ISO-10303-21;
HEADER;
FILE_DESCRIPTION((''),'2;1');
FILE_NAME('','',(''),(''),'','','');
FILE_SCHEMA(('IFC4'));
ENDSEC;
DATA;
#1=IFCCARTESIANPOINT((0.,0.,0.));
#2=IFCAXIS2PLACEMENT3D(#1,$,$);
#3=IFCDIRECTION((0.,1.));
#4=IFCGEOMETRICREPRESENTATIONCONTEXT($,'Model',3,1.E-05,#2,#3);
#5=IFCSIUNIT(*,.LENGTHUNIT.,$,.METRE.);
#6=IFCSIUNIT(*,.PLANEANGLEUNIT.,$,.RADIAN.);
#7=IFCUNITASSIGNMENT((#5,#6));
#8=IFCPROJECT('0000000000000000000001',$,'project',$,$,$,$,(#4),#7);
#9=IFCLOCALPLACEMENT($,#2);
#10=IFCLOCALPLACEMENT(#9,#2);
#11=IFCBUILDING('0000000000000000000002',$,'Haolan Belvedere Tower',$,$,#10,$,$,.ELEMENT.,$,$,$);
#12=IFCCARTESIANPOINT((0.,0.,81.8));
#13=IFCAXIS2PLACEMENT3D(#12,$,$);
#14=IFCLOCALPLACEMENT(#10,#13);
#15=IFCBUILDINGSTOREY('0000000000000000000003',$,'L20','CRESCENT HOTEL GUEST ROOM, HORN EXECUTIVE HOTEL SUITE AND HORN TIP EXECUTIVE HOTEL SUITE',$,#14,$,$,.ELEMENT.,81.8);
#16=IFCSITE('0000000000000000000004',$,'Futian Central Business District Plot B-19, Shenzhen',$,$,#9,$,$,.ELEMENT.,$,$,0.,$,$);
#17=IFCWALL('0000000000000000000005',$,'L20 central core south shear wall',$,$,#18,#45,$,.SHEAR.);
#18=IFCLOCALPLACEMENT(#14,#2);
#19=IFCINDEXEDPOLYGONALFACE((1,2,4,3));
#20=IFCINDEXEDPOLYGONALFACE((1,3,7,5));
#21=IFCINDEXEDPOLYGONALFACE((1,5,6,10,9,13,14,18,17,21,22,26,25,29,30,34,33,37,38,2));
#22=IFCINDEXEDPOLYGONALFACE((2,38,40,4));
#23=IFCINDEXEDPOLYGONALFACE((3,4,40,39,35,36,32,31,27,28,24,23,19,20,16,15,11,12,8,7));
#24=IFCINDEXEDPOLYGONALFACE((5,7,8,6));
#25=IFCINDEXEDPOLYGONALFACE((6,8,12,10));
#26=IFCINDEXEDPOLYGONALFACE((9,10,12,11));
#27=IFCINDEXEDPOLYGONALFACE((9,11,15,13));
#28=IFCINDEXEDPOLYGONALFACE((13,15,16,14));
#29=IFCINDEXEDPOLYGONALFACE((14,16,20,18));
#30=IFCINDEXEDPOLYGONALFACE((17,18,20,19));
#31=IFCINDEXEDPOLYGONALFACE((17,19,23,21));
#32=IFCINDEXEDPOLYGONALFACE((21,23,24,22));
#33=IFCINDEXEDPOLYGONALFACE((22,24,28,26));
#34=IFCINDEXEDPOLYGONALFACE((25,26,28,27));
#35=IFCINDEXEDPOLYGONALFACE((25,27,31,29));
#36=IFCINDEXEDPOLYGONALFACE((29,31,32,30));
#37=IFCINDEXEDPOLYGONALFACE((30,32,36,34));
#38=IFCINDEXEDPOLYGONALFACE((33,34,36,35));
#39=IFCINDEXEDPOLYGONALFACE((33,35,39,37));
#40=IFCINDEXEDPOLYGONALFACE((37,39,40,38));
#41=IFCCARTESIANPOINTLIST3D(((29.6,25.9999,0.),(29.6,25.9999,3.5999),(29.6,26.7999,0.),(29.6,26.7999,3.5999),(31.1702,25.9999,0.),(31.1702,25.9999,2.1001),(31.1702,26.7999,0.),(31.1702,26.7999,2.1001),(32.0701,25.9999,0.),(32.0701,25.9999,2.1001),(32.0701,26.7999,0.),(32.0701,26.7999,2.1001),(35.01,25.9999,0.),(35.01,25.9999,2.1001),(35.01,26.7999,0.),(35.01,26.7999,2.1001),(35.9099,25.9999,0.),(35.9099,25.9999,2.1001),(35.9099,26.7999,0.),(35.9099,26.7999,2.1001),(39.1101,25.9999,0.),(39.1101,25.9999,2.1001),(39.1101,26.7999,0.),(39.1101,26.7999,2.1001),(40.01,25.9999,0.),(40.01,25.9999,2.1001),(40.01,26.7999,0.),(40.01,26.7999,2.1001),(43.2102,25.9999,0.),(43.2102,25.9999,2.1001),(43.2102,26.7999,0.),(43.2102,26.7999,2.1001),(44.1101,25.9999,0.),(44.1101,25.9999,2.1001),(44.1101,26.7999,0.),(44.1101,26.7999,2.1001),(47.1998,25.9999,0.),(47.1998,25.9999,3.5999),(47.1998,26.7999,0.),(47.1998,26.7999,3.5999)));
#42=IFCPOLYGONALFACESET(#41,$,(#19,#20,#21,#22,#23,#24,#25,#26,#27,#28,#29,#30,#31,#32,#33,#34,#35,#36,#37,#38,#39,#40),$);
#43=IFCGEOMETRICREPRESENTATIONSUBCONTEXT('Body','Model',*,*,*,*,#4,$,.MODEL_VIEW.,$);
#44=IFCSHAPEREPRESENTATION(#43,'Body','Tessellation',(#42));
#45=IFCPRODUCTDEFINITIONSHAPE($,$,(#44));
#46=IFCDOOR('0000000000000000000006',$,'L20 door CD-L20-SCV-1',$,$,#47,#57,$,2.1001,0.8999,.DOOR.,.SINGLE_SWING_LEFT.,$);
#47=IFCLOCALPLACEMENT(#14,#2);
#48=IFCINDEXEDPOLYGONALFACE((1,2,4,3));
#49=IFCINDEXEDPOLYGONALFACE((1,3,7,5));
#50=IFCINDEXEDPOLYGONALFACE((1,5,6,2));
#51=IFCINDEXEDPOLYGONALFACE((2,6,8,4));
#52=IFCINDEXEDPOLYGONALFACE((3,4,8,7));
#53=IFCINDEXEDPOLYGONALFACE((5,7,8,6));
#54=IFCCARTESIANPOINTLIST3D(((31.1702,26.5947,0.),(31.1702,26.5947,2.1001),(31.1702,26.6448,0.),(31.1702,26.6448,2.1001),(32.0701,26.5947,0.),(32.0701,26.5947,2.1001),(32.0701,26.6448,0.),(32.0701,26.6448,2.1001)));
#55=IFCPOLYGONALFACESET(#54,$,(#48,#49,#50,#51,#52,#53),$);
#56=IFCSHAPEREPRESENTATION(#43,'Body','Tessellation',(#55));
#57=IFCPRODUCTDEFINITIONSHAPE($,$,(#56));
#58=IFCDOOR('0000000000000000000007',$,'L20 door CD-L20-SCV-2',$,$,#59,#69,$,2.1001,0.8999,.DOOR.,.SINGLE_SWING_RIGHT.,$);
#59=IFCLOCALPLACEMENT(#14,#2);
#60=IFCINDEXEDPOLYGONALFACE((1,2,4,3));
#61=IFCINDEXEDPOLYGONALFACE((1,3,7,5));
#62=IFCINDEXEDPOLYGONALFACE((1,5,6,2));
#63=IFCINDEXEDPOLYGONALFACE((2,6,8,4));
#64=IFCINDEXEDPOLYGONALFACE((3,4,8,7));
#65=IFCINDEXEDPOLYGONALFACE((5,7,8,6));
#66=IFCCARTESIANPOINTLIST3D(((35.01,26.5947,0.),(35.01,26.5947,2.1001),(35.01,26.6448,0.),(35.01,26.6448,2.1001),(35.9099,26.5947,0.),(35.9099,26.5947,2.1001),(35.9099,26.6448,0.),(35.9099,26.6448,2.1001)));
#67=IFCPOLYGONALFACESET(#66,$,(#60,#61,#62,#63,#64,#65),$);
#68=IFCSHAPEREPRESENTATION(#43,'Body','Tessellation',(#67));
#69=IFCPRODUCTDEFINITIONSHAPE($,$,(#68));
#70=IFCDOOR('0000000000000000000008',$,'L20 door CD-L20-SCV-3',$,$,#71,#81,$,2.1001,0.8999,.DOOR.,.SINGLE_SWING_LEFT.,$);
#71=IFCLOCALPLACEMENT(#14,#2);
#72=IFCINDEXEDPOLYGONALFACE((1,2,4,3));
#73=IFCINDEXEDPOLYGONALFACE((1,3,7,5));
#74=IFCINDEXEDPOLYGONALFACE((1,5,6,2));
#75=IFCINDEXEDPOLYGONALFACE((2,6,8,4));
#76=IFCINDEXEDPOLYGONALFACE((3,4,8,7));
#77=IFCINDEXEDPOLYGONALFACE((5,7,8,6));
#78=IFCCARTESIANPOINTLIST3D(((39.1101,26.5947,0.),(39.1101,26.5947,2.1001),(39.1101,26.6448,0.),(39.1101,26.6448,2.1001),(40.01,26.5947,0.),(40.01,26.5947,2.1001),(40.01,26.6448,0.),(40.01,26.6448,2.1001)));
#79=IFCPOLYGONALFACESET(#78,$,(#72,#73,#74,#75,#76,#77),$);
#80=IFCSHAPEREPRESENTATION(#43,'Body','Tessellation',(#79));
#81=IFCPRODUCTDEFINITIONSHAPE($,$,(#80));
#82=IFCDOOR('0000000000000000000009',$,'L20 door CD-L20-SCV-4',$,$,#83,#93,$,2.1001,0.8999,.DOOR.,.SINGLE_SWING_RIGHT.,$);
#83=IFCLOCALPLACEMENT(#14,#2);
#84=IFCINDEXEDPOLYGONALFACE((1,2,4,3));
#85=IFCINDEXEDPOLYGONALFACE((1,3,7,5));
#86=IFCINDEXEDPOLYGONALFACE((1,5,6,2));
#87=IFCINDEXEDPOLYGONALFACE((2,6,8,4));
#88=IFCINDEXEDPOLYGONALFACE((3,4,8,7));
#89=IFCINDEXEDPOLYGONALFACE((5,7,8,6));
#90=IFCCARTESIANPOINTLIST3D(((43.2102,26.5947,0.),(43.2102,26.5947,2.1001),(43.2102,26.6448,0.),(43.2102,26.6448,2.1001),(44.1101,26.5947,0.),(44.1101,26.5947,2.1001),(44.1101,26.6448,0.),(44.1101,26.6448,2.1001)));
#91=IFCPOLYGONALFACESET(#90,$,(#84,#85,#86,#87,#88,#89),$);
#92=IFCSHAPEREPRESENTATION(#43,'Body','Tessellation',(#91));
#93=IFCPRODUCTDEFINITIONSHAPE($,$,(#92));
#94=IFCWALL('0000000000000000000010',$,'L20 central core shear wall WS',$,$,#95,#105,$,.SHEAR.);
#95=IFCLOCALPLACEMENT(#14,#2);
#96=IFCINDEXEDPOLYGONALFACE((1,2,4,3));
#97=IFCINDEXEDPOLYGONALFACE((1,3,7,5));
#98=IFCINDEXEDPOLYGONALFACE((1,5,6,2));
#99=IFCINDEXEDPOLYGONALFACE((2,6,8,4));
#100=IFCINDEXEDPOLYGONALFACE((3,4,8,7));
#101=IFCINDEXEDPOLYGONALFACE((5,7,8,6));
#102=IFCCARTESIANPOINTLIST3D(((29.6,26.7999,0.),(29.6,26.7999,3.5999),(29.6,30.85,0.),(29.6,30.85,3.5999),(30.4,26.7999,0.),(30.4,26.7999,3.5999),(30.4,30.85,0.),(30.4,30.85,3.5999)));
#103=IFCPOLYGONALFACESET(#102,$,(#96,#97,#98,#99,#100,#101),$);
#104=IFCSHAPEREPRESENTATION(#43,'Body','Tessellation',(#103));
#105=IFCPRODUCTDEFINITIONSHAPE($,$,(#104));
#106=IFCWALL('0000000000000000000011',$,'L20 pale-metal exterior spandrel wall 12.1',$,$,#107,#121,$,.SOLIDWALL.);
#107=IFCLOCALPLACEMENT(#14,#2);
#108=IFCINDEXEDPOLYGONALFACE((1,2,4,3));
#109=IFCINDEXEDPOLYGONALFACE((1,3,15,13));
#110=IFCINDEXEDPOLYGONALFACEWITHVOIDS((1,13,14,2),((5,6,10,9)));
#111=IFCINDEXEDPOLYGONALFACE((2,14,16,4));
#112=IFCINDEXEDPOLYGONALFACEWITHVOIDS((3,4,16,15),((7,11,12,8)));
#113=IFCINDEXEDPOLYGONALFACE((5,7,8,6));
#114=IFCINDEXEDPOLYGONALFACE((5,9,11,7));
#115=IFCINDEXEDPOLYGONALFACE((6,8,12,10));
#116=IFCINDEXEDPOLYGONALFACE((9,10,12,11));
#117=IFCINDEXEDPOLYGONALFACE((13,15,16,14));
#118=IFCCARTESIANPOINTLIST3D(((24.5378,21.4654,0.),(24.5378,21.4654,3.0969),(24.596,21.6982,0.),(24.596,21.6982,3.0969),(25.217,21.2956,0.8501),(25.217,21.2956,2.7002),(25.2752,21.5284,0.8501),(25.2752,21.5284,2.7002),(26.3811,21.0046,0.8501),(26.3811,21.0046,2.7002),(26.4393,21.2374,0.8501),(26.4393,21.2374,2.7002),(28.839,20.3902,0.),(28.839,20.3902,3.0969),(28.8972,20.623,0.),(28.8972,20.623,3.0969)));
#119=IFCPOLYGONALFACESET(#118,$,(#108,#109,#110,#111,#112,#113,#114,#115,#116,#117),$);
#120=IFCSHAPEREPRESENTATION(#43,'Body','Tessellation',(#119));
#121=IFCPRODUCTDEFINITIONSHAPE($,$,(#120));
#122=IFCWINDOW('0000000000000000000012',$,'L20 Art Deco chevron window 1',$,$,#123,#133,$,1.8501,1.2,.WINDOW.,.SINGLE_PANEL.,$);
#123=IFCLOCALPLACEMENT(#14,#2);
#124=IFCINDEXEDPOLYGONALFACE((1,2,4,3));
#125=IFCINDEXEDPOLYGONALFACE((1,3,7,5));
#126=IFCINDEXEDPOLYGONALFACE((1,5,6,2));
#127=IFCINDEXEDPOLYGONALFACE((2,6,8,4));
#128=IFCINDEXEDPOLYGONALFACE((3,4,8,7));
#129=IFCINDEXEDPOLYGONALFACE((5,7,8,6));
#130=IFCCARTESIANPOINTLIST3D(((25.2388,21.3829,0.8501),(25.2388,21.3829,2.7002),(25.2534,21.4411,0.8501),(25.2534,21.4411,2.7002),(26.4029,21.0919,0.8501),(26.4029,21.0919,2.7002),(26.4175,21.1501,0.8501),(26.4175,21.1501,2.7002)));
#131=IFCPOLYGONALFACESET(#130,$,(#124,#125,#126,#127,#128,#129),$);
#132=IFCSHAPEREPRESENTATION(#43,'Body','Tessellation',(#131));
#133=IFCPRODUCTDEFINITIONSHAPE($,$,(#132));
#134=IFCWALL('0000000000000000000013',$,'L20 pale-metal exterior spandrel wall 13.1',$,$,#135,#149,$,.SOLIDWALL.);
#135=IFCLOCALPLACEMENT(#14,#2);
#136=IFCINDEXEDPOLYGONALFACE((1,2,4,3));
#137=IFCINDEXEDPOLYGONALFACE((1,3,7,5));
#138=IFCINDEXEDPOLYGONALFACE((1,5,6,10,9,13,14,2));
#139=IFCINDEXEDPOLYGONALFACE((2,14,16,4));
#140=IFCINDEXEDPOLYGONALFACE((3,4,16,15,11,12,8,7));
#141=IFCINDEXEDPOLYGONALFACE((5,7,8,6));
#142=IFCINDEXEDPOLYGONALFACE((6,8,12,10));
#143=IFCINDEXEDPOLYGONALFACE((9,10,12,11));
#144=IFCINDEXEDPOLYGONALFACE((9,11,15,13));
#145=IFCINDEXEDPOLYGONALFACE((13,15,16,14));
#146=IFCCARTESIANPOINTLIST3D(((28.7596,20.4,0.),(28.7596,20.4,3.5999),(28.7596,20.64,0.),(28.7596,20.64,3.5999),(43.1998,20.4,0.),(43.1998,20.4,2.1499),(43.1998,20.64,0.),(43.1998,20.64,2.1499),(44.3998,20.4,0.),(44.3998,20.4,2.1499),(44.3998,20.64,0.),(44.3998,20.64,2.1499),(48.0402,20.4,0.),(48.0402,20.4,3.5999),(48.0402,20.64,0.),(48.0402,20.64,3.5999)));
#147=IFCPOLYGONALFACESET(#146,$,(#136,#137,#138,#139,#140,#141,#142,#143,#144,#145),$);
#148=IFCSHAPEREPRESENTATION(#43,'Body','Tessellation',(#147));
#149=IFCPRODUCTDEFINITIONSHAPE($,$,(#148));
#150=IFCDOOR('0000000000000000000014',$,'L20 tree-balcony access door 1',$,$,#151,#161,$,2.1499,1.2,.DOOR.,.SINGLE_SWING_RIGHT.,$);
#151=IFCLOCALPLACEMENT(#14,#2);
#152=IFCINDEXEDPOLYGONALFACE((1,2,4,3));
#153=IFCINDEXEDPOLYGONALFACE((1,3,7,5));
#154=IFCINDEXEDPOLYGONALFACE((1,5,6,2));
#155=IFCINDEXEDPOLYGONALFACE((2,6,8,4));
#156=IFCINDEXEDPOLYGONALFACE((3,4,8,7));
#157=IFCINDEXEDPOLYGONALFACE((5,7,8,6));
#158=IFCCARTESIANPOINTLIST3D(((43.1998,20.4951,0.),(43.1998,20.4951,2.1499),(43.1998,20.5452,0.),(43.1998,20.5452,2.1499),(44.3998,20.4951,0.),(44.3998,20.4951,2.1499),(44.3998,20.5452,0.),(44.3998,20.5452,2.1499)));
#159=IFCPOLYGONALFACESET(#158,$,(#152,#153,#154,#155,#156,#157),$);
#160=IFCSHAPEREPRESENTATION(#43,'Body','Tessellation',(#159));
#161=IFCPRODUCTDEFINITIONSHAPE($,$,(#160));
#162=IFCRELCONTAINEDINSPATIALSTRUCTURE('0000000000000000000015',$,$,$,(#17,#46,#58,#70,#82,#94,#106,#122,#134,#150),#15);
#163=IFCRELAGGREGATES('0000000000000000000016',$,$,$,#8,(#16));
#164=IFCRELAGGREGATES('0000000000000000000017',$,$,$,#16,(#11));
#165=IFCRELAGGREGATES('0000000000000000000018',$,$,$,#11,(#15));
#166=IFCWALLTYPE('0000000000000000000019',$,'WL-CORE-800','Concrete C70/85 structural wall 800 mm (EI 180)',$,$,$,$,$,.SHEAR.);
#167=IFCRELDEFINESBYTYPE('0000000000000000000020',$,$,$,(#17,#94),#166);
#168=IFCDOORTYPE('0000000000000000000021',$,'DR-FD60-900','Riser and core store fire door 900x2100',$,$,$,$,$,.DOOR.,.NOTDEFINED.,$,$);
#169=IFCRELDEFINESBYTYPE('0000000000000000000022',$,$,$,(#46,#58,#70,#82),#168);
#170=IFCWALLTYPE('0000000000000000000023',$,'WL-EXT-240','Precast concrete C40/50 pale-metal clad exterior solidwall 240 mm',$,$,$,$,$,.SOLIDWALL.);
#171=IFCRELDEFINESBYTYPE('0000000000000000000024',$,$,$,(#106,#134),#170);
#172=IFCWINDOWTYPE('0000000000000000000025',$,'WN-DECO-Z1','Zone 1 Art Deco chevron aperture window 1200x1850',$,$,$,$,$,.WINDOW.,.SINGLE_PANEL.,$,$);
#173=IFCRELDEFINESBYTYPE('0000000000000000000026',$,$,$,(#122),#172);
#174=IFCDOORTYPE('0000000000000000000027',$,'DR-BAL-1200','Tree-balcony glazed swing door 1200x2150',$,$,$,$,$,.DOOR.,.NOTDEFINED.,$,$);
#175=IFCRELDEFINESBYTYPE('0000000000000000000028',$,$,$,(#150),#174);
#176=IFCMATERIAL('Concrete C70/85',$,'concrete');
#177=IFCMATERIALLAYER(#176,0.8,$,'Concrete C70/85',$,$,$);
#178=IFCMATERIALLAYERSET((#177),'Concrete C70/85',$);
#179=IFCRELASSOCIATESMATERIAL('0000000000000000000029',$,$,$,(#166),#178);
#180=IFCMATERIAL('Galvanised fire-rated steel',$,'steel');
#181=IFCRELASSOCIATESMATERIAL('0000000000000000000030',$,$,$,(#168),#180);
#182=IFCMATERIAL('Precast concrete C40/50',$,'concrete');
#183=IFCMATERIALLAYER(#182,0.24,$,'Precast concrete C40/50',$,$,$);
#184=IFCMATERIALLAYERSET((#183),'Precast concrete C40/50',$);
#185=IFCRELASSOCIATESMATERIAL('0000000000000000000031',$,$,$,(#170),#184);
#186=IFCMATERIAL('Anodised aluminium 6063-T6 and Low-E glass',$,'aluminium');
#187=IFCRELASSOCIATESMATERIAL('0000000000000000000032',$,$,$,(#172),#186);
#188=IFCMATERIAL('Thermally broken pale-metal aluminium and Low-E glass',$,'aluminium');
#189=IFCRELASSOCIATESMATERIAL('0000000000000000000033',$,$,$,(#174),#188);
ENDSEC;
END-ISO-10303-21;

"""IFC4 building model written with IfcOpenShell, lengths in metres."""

from ifc_helpers import new_model, si_unit, direction, frame, frame_2d, origin, place, context, subcontext, project, spatial, rectangle, extrude, material, layer, layer_set, type_object, element, fill, save


model = new_model("IFC4")

# Units and contexts
model_context = context("Model", 3, precision=1e-05, world=origin(), true_north=direction((0.0, 1.0)))
body_context = subcontext(model_context, "Body", "Model", "MODEL_VIEW")
ifc_project = project(units=[si_unit("LENGTHUNIT", "METRE"), si_unit("PLANEANGLEUNIT", "RADIAN")], contexts=[model_context])

# Site, building, storey
site_placement = place(None, origin())
site = spatial("IfcSite", under=ifc_project, at=site_placement, Name="Futian Central Business District Plot B-19, Shenzhen", CompositionType="ELEMENT", RefElevation=0.0)
building_placement = place(site_placement, origin())
building = spatial("IfcBuilding", under=site, at=building_placement, Name="Haolan Belvedere Tower", CompositionType="ELEMENT")
storey_placement = place(building_placement, frame((0.0, 0.0, 81.8)))
storey = spatial("IfcBuildingStorey", under=building, at=storey_placement, Name="L20", Description="CRESCENT HOTEL GUEST ROOM, HORN EXECUTIVE HOTEL SUITE AND HORN TIP EXECUTIVE HOTEL SUITE", CompositionType="ELEMENT", Elevation=81.8)

# Wall, openings, doors
ifc_material_1 = material(Name="Concrete C70/85", Category="concrete")
ifc_layer_1 = layer(ifc_material_1, 0.8, Name="Concrete C70/85")
ifc_layer_set_1 = layer_set([ifc_layer_1], Name="Concrete C70/85")
wall_type_1 = type_object("IfcWallType", Name="WL-CORE-800", Description="Concrete C70/85 structural wall 800 mm (EI 180)", PredefinedType="SHEAR", material=ifc_layer_set_1)
wall_1_placement = place(storey_placement, frame((29.6001, 26.3999, 0.0), z_axis=(0.0, 0.0, 1.0), x_axis=(1.0, 0.0, 0.0)))
wall_1 = element("IfcWall", 1, at=wall_1_placement, inside=storey, type_object=wall_type_1, Name="L20 central core south shear wall", PredefinedType="SHEAR", context=body_context, shape_type="SweptSolid", body=[
    extrude(rectangle(XDim=17.5999, YDim=0.8, at=frame_2d((8.7998, 0.0))), origin(), (0.0, 0.0, 1.0), 3.5999),
])
opening_1_placement = place(wall_1_placement, frame((2.47, 0.0, 0.0), z_axis=(0.0, 0.0, 1.0), x_axis=(-1.0, 0.0, 0.0)))
opening_1 = element("IfcOpeningElement", 2, at=opening_1_placement, cuts=wall_1, PredefinedType="OPENING", context=body_context, shape_type="SweptSolid", body=[
    extrude(rectangle(XDim=0.8999, YDim=2.1001, at=frame_2d((0.45, 1.05))), frame((0.0, 0.4099, 0.0), z_axis=(0.0, -1.0, 0.0), x_axis=(1.0, 0.0, 0.0)), (0.0, 0.0, 1.0), 0.8201),
])
opening_2_placement = place(wall_1_placement, frame((6.3098, 0.0, 0.0), z_axis=(0.0, 0.0, 1.0), x_axis=(-1.0, 0.0, 0.0)))
opening_2 = element("IfcOpeningElement", 3, at=opening_2_placement, cuts=wall_1, PredefinedType="OPENING", context=body_context, shape_type="SweptSolid", body=[
    extrude(rectangle(XDim=0.8999, YDim=2.1001, at=frame_2d((0.45, 1.05))), frame((0.0, 0.4099, 0.0), z_axis=(0.0, -1.0, 0.0), x_axis=(1.0, 0.0, 0.0)), (0.0, 0.0, 1.0), 0.8201),
])
opening_3_placement = place(wall_1_placement, frame((10.4099, 0.0, 0.0), z_axis=(0.0, 0.0, 1.0), x_axis=(-1.0, 0.0, 0.0)))
opening_3 = element("IfcOpeningElement", 4, at=opening_3_placement, cuts=wall_1, PredefinedType="OPENING", context=body_context, shape_type="SweptSolid", body=[
    extrude(rectangle(XDim=0.8999, YDim=2.1001, at=frame_2d((0.45, 1.05))), frame((0.0, 0.4099, 0.0), z_axis=(0.0, -1.0, 0.0), x_axis=(1.0, 0.0, 0.0)), (0.0, 0.0, 1.0), 0.8201),
])
opening_4_placement = place(wall_1_placement, frame((14.51, 0.0, 0.0), z_axis=(0.0, 0.0, 1.0), x_axis=(-1.0, 0.0, 0.0)))
opening_4 = element("IfcOpeningElement", 5, at=opening_4_placement, cuts=wall_1, PredefinedType="OPENING", context=body_context, shape_type="SweptSolid", body=[
    extrude(rectangle(XDim=0.8999, YDim=2.1001, at=frame_2d((0.45, 1.05))), frame((0.0, 0.4099, 0.0), z_axis=(0.0, -1.0, 0.0), x_axis=(1.0, 0.0, 0.0)), (0.0, 0.0, 1.0), 0.8201),
])
ifc_material_2 = material(Name="Galvanised fire-rated steel", Category="steel")
door_type_1 = type_object("IfcDoorType", Name="DR-FD60-900", Description="Riser and core store fire door 900x2100", OperationType="NOTDEFINED", PredefinedType="DOOR", material=ifc_material_2)
door_1_placement = place(opening_1_placement, origin())
door_1 = element("IfcDoor", 6, at=door_1_placement, inside=storey, type_object=door_type_1, Name="L20 door CD-L20-SCV-1", OperationType="SINGLE_SWING_LEFT", OverallHeight=2.1001, OverallWidth=0.8999, PredefinedType="DOOR", context=body_context, shape_type="SweptSolid", body=[
    extrude(rectangle(XDim=0.8999, YDim=2.1001, at=frame_2d((0.45, 1.05))), frame((0.0, -0.1948, 0.0), z_axis=(0.0, -1.0, 0.0), x_axis=(1.0, 0.0, 0.0)), (0.0, 0.0, 1.0), 0.05),
])
fill(opening_1, door_1)
door_2_placement = place(opening_2_placement, origin())
door_2 = element("IfcDoor", 7, at=door_2_placement, inside=storey, type_object=door_type_1, Name="L20 door CD-L20-SCV-2", OperationType="SINGLE_SWING_RIGHT", OverallHeight=2.1001, OverallWidth=0.8999, PredefinedType="DOOR", context=body_context, shape_type="SweptSolid", body=[
    extrude(rectangle(XDim=0.8999, YDim=2.1001, at=frame_2d((0.45, 1.05))), frame((0.0, -0.1948, 0.0), z_axis=(0.0, -1.0, 0.0), x_axis=(1.0, 0.0, 0.0)), (0.0, 0.0, 1.0), 0.05),
])
fill(opening_2, door_2)
door_3_placement = place(opening_3_placement, origin())
door_3 = element("IfcDoor", 8, at=door_3_placement, inside=storey, type_object=door_type_1, Name="L20 door CD-L20-SCV-3", OperationType="SINGLE_SWING_LEFT", OverallHeight=2.1001, OverallWidth=0.8999, PredefinedType="DOOR", context=body_context, shape_type="SweptSolid", body=[
    extrude(rectangle(XDim=0.8999, YDim=2.1001, at=frame_2d((0.45, 1.05))), frame((0.0, -0.1948, 0.0), z_axis=(0.0, -1.0, 0.0), x_axis=(1.0, 0.0, 0.0)), (0.0, 0.0, 1.0), 0.05),
])
fill(opening_3, door_3)
door_4_placement = place(opening_4_placement, origin())
door_4 = element("IfcDoor", 9, at=door_4_placement, inside=storey, type_object=door_type_1, Name="L20 door CD-L20-SCV-4", OperationType="SINGLE_SWING_RIGHT", OverallHeight=2.1001, OverallWidth=0.8999, PredefinedType="DOOR", context=body_context, shape_type="SweptSolid", body=[
    extrude(rectangle(XDim=0.8999, YDim=2.1001, at=frame_2d((0.45, 1.05))), frame((0.0, -0.1948, 0.0), z_axis=(0.0, -1.0, 0.0), x_axis=(1.0, 0.0, 0.0)), (0.0, 0.0, 1.0), 0.05),
])
fill(opening_4, door_4)

# Wall
wall_2_placement = place(storey_placement, frame((30.0, 26.8, 0.0), z_axis=(0.0, 0.0, 1.0), x_axis=(0.0, 1.0, 0.0)))
element("IfcWall", 10, at=wall_2_placement, inside=storey, type_object=wall_type_1, Name="L20 central core shear wall WS", PredefinedType="SHEAR", context=body_context, shape_type="SweptSolid", body=[
    extrude(rectangle(XDim=4.05, YDim=0.8, at=frame_2d((2.0249, 0.0))), origin(), (0.0, 0.0, 1.0), 3.5999),
])

# Wall, opening, window
ifc_material_3 = material(Name="Precast concrete C40/50", Category="concrete")
ifc_layer_2 = layer(ifc_material_3, 0.24, Name="Precast concrete C40/50")
ifc_layer_set_2 = layer_set([ifc_layer_2], Name="Precast concrete C40/50")
wall_type_2 = type_object("IfcWallType", Name="WL-EXT-240", Description="Precast concrete C40/50 pale-metal clad exterior solidwall 240 mm", PredefinedType="SOLIDWALL", material=ifc_layer_set_2)
wall_3_placement = place(storey_placement, frame((24.5669, 21.5818, 0.0), z_axis=(0.0, 0.0, 1.0), x_axis=(0.970149, -0.24251, 0.0)))
wall_3 = element("IfcWall", 11, at=wall_3_placement, inside=storey, type_object=wall_type_2, Name="L20 pale-metal exterior spandrel wall 12.1", PredefinedType="SOLIDWALL", context=body_context, shape_type="SweptSolid", body=[
    extrude(rectangle(XDim=4.4336, YDim=0.24, at=frame_2d((2.2168, 0.0))), origin(), (0.0, 0.0, 1.0), 3.0969),
])
opening_5_placement = place(wall_3_placement, frame((0.7, 0.0, 0.8501)))
opening_5 = element("IfcOpeningElement", 12, at=opening_5_placement, cuts=wall_3, PredefinedType="OPENING", context=body_context, shape_type="SweptSolid", body=[
    extrude(rectangle(XDim=1.2, YDim=1.8501, at=frame_2d((0.6001, 0.925))), frame((0.0, 0.1299, 0.0), z_axis=(0.0, -1.0, 0.0), x_axis=(1.0, 0.0, 0.0)), (0.0, 0.0, 1.0), 0.26),
])
ifc_material_4 = material(Name="Anodised aluminium 6063-T6 and Low-E glass", Category="aluminium")
window_type = type_object("IfcWindowType", Name="WN-DECO-Z1", Description="Zone 1 Art Deco chevron aperture window 1200x1850", PartitioningType="SINGLE_PANEL", PredefinedType="WINDOW", material=ifc_material_4)
window_placement = place(opening_5_placement, origin())
window = element("IfcWindow", 13, at=window_placement, inside=storey, type_object=window_type, Name="L20 Art Deco chevron window 1", OverallHeight=1.8501, OverallWidth=1.2, PartitioningType="SINGLE_PANEL", PredefinedType="WINDOW", context=body_context, shape_type="SweptSolid", body=[
    extrude(rectangle(XDim=1.2, YDim=1.8501, at=frame_2d((0.6001, 0.925))), frame((0.0, 0.03, 0.0), z_axis=(0.0, -1.0, 0.0), x_axis=(1.0, 0.0, 0.0)), (0.0, 0.0, 1.0), 0.0601),
])
fill(opening_5, window)

# Wall, opening, door
wall_4_placement = place(storey_placement, frame((28.7598, 20.52, 0.0), z_axis=(0.0, 0.0, 1.0), x_axis=(1.0, 0.0, 0.0)))
wall_4 = element("IfcWall", 14, at=wall_4_placement, inside=storey, type_object=wall_type_2, Name="L20 pale-metal exterior spandrel wall 13.1", PredefinedType="SOLIDWALL", context=body_context, shape_type="SweptSolid", body=[
    extrude(rectangle(XDim=19.2805, YDim=0.24, at=frame_2d((9.6401, 0.0))), origin(), (0.0, 0.0, 1.0), 3.5999),
])
opening_6_placement = place(wall_4_placement, frame((15.6401, 0.0, 0.0), z_axis=(0.0, 0.0, 1.0), x_axis=(-1.0, 0.0, 0.0)))
opening_6 = element("IfcOpeningElement", 15, at=opening_6_placement, cuts=wall_4, PredefinedType="OPENING", context=body_context, shape_type="SweptSolid", body=[
    extrude(rectangle(XDim=1.2, YDim=2.1499, at=frame_2d((0.6001, 1.075))), frame((0.0, 0.1299, 0.0), z_axis=(0.0, -1.0, 0.0), x_axis=(1.0, 0.0, 0.0)), (0.0, 0.0, 1.0), 0.26),
])
ifc_material_5 = material(Name="Thermally broken pale-metal aluminium and Low-E glass", Category="aluminium")
door_type_2 = type_object("IfcDoorType", Name="DR-BAL-1200", Description="Tree-balcony glazed swing door 1200x2150", OperationType="NOTDEFINED", PredefinedType="DOOR", material=ifc_material_5)
door_5_placement = place(opening_6_placement, origin())
door_5 = element("IfcDoor", 16, at=door_5_placement, inside=storey, type_object=door_type_2, Name="L20 tree-balcony access door 1", OperationType="SINGLE_SWING_RIGHT", OverallHeight=2.1499, OverallWidth=1.2, PredefinedType="DOOR", context=body_context, shape_type="SweptSolid", body=[
    extrude(rectangle(XDim=1.2, YDim=2.1499, at=frame_2d((0.6001, 1.075))), frame((0.0, 0.0249, 0.0), z_axis=(0.0, -1.0, 0.0), x_axis=(1.0, 0.0, 0.0)), (0.0, 0.0, 1.0), 0.05),
])
fill(opening_6, door_5)

save(model, "model.ifc")
